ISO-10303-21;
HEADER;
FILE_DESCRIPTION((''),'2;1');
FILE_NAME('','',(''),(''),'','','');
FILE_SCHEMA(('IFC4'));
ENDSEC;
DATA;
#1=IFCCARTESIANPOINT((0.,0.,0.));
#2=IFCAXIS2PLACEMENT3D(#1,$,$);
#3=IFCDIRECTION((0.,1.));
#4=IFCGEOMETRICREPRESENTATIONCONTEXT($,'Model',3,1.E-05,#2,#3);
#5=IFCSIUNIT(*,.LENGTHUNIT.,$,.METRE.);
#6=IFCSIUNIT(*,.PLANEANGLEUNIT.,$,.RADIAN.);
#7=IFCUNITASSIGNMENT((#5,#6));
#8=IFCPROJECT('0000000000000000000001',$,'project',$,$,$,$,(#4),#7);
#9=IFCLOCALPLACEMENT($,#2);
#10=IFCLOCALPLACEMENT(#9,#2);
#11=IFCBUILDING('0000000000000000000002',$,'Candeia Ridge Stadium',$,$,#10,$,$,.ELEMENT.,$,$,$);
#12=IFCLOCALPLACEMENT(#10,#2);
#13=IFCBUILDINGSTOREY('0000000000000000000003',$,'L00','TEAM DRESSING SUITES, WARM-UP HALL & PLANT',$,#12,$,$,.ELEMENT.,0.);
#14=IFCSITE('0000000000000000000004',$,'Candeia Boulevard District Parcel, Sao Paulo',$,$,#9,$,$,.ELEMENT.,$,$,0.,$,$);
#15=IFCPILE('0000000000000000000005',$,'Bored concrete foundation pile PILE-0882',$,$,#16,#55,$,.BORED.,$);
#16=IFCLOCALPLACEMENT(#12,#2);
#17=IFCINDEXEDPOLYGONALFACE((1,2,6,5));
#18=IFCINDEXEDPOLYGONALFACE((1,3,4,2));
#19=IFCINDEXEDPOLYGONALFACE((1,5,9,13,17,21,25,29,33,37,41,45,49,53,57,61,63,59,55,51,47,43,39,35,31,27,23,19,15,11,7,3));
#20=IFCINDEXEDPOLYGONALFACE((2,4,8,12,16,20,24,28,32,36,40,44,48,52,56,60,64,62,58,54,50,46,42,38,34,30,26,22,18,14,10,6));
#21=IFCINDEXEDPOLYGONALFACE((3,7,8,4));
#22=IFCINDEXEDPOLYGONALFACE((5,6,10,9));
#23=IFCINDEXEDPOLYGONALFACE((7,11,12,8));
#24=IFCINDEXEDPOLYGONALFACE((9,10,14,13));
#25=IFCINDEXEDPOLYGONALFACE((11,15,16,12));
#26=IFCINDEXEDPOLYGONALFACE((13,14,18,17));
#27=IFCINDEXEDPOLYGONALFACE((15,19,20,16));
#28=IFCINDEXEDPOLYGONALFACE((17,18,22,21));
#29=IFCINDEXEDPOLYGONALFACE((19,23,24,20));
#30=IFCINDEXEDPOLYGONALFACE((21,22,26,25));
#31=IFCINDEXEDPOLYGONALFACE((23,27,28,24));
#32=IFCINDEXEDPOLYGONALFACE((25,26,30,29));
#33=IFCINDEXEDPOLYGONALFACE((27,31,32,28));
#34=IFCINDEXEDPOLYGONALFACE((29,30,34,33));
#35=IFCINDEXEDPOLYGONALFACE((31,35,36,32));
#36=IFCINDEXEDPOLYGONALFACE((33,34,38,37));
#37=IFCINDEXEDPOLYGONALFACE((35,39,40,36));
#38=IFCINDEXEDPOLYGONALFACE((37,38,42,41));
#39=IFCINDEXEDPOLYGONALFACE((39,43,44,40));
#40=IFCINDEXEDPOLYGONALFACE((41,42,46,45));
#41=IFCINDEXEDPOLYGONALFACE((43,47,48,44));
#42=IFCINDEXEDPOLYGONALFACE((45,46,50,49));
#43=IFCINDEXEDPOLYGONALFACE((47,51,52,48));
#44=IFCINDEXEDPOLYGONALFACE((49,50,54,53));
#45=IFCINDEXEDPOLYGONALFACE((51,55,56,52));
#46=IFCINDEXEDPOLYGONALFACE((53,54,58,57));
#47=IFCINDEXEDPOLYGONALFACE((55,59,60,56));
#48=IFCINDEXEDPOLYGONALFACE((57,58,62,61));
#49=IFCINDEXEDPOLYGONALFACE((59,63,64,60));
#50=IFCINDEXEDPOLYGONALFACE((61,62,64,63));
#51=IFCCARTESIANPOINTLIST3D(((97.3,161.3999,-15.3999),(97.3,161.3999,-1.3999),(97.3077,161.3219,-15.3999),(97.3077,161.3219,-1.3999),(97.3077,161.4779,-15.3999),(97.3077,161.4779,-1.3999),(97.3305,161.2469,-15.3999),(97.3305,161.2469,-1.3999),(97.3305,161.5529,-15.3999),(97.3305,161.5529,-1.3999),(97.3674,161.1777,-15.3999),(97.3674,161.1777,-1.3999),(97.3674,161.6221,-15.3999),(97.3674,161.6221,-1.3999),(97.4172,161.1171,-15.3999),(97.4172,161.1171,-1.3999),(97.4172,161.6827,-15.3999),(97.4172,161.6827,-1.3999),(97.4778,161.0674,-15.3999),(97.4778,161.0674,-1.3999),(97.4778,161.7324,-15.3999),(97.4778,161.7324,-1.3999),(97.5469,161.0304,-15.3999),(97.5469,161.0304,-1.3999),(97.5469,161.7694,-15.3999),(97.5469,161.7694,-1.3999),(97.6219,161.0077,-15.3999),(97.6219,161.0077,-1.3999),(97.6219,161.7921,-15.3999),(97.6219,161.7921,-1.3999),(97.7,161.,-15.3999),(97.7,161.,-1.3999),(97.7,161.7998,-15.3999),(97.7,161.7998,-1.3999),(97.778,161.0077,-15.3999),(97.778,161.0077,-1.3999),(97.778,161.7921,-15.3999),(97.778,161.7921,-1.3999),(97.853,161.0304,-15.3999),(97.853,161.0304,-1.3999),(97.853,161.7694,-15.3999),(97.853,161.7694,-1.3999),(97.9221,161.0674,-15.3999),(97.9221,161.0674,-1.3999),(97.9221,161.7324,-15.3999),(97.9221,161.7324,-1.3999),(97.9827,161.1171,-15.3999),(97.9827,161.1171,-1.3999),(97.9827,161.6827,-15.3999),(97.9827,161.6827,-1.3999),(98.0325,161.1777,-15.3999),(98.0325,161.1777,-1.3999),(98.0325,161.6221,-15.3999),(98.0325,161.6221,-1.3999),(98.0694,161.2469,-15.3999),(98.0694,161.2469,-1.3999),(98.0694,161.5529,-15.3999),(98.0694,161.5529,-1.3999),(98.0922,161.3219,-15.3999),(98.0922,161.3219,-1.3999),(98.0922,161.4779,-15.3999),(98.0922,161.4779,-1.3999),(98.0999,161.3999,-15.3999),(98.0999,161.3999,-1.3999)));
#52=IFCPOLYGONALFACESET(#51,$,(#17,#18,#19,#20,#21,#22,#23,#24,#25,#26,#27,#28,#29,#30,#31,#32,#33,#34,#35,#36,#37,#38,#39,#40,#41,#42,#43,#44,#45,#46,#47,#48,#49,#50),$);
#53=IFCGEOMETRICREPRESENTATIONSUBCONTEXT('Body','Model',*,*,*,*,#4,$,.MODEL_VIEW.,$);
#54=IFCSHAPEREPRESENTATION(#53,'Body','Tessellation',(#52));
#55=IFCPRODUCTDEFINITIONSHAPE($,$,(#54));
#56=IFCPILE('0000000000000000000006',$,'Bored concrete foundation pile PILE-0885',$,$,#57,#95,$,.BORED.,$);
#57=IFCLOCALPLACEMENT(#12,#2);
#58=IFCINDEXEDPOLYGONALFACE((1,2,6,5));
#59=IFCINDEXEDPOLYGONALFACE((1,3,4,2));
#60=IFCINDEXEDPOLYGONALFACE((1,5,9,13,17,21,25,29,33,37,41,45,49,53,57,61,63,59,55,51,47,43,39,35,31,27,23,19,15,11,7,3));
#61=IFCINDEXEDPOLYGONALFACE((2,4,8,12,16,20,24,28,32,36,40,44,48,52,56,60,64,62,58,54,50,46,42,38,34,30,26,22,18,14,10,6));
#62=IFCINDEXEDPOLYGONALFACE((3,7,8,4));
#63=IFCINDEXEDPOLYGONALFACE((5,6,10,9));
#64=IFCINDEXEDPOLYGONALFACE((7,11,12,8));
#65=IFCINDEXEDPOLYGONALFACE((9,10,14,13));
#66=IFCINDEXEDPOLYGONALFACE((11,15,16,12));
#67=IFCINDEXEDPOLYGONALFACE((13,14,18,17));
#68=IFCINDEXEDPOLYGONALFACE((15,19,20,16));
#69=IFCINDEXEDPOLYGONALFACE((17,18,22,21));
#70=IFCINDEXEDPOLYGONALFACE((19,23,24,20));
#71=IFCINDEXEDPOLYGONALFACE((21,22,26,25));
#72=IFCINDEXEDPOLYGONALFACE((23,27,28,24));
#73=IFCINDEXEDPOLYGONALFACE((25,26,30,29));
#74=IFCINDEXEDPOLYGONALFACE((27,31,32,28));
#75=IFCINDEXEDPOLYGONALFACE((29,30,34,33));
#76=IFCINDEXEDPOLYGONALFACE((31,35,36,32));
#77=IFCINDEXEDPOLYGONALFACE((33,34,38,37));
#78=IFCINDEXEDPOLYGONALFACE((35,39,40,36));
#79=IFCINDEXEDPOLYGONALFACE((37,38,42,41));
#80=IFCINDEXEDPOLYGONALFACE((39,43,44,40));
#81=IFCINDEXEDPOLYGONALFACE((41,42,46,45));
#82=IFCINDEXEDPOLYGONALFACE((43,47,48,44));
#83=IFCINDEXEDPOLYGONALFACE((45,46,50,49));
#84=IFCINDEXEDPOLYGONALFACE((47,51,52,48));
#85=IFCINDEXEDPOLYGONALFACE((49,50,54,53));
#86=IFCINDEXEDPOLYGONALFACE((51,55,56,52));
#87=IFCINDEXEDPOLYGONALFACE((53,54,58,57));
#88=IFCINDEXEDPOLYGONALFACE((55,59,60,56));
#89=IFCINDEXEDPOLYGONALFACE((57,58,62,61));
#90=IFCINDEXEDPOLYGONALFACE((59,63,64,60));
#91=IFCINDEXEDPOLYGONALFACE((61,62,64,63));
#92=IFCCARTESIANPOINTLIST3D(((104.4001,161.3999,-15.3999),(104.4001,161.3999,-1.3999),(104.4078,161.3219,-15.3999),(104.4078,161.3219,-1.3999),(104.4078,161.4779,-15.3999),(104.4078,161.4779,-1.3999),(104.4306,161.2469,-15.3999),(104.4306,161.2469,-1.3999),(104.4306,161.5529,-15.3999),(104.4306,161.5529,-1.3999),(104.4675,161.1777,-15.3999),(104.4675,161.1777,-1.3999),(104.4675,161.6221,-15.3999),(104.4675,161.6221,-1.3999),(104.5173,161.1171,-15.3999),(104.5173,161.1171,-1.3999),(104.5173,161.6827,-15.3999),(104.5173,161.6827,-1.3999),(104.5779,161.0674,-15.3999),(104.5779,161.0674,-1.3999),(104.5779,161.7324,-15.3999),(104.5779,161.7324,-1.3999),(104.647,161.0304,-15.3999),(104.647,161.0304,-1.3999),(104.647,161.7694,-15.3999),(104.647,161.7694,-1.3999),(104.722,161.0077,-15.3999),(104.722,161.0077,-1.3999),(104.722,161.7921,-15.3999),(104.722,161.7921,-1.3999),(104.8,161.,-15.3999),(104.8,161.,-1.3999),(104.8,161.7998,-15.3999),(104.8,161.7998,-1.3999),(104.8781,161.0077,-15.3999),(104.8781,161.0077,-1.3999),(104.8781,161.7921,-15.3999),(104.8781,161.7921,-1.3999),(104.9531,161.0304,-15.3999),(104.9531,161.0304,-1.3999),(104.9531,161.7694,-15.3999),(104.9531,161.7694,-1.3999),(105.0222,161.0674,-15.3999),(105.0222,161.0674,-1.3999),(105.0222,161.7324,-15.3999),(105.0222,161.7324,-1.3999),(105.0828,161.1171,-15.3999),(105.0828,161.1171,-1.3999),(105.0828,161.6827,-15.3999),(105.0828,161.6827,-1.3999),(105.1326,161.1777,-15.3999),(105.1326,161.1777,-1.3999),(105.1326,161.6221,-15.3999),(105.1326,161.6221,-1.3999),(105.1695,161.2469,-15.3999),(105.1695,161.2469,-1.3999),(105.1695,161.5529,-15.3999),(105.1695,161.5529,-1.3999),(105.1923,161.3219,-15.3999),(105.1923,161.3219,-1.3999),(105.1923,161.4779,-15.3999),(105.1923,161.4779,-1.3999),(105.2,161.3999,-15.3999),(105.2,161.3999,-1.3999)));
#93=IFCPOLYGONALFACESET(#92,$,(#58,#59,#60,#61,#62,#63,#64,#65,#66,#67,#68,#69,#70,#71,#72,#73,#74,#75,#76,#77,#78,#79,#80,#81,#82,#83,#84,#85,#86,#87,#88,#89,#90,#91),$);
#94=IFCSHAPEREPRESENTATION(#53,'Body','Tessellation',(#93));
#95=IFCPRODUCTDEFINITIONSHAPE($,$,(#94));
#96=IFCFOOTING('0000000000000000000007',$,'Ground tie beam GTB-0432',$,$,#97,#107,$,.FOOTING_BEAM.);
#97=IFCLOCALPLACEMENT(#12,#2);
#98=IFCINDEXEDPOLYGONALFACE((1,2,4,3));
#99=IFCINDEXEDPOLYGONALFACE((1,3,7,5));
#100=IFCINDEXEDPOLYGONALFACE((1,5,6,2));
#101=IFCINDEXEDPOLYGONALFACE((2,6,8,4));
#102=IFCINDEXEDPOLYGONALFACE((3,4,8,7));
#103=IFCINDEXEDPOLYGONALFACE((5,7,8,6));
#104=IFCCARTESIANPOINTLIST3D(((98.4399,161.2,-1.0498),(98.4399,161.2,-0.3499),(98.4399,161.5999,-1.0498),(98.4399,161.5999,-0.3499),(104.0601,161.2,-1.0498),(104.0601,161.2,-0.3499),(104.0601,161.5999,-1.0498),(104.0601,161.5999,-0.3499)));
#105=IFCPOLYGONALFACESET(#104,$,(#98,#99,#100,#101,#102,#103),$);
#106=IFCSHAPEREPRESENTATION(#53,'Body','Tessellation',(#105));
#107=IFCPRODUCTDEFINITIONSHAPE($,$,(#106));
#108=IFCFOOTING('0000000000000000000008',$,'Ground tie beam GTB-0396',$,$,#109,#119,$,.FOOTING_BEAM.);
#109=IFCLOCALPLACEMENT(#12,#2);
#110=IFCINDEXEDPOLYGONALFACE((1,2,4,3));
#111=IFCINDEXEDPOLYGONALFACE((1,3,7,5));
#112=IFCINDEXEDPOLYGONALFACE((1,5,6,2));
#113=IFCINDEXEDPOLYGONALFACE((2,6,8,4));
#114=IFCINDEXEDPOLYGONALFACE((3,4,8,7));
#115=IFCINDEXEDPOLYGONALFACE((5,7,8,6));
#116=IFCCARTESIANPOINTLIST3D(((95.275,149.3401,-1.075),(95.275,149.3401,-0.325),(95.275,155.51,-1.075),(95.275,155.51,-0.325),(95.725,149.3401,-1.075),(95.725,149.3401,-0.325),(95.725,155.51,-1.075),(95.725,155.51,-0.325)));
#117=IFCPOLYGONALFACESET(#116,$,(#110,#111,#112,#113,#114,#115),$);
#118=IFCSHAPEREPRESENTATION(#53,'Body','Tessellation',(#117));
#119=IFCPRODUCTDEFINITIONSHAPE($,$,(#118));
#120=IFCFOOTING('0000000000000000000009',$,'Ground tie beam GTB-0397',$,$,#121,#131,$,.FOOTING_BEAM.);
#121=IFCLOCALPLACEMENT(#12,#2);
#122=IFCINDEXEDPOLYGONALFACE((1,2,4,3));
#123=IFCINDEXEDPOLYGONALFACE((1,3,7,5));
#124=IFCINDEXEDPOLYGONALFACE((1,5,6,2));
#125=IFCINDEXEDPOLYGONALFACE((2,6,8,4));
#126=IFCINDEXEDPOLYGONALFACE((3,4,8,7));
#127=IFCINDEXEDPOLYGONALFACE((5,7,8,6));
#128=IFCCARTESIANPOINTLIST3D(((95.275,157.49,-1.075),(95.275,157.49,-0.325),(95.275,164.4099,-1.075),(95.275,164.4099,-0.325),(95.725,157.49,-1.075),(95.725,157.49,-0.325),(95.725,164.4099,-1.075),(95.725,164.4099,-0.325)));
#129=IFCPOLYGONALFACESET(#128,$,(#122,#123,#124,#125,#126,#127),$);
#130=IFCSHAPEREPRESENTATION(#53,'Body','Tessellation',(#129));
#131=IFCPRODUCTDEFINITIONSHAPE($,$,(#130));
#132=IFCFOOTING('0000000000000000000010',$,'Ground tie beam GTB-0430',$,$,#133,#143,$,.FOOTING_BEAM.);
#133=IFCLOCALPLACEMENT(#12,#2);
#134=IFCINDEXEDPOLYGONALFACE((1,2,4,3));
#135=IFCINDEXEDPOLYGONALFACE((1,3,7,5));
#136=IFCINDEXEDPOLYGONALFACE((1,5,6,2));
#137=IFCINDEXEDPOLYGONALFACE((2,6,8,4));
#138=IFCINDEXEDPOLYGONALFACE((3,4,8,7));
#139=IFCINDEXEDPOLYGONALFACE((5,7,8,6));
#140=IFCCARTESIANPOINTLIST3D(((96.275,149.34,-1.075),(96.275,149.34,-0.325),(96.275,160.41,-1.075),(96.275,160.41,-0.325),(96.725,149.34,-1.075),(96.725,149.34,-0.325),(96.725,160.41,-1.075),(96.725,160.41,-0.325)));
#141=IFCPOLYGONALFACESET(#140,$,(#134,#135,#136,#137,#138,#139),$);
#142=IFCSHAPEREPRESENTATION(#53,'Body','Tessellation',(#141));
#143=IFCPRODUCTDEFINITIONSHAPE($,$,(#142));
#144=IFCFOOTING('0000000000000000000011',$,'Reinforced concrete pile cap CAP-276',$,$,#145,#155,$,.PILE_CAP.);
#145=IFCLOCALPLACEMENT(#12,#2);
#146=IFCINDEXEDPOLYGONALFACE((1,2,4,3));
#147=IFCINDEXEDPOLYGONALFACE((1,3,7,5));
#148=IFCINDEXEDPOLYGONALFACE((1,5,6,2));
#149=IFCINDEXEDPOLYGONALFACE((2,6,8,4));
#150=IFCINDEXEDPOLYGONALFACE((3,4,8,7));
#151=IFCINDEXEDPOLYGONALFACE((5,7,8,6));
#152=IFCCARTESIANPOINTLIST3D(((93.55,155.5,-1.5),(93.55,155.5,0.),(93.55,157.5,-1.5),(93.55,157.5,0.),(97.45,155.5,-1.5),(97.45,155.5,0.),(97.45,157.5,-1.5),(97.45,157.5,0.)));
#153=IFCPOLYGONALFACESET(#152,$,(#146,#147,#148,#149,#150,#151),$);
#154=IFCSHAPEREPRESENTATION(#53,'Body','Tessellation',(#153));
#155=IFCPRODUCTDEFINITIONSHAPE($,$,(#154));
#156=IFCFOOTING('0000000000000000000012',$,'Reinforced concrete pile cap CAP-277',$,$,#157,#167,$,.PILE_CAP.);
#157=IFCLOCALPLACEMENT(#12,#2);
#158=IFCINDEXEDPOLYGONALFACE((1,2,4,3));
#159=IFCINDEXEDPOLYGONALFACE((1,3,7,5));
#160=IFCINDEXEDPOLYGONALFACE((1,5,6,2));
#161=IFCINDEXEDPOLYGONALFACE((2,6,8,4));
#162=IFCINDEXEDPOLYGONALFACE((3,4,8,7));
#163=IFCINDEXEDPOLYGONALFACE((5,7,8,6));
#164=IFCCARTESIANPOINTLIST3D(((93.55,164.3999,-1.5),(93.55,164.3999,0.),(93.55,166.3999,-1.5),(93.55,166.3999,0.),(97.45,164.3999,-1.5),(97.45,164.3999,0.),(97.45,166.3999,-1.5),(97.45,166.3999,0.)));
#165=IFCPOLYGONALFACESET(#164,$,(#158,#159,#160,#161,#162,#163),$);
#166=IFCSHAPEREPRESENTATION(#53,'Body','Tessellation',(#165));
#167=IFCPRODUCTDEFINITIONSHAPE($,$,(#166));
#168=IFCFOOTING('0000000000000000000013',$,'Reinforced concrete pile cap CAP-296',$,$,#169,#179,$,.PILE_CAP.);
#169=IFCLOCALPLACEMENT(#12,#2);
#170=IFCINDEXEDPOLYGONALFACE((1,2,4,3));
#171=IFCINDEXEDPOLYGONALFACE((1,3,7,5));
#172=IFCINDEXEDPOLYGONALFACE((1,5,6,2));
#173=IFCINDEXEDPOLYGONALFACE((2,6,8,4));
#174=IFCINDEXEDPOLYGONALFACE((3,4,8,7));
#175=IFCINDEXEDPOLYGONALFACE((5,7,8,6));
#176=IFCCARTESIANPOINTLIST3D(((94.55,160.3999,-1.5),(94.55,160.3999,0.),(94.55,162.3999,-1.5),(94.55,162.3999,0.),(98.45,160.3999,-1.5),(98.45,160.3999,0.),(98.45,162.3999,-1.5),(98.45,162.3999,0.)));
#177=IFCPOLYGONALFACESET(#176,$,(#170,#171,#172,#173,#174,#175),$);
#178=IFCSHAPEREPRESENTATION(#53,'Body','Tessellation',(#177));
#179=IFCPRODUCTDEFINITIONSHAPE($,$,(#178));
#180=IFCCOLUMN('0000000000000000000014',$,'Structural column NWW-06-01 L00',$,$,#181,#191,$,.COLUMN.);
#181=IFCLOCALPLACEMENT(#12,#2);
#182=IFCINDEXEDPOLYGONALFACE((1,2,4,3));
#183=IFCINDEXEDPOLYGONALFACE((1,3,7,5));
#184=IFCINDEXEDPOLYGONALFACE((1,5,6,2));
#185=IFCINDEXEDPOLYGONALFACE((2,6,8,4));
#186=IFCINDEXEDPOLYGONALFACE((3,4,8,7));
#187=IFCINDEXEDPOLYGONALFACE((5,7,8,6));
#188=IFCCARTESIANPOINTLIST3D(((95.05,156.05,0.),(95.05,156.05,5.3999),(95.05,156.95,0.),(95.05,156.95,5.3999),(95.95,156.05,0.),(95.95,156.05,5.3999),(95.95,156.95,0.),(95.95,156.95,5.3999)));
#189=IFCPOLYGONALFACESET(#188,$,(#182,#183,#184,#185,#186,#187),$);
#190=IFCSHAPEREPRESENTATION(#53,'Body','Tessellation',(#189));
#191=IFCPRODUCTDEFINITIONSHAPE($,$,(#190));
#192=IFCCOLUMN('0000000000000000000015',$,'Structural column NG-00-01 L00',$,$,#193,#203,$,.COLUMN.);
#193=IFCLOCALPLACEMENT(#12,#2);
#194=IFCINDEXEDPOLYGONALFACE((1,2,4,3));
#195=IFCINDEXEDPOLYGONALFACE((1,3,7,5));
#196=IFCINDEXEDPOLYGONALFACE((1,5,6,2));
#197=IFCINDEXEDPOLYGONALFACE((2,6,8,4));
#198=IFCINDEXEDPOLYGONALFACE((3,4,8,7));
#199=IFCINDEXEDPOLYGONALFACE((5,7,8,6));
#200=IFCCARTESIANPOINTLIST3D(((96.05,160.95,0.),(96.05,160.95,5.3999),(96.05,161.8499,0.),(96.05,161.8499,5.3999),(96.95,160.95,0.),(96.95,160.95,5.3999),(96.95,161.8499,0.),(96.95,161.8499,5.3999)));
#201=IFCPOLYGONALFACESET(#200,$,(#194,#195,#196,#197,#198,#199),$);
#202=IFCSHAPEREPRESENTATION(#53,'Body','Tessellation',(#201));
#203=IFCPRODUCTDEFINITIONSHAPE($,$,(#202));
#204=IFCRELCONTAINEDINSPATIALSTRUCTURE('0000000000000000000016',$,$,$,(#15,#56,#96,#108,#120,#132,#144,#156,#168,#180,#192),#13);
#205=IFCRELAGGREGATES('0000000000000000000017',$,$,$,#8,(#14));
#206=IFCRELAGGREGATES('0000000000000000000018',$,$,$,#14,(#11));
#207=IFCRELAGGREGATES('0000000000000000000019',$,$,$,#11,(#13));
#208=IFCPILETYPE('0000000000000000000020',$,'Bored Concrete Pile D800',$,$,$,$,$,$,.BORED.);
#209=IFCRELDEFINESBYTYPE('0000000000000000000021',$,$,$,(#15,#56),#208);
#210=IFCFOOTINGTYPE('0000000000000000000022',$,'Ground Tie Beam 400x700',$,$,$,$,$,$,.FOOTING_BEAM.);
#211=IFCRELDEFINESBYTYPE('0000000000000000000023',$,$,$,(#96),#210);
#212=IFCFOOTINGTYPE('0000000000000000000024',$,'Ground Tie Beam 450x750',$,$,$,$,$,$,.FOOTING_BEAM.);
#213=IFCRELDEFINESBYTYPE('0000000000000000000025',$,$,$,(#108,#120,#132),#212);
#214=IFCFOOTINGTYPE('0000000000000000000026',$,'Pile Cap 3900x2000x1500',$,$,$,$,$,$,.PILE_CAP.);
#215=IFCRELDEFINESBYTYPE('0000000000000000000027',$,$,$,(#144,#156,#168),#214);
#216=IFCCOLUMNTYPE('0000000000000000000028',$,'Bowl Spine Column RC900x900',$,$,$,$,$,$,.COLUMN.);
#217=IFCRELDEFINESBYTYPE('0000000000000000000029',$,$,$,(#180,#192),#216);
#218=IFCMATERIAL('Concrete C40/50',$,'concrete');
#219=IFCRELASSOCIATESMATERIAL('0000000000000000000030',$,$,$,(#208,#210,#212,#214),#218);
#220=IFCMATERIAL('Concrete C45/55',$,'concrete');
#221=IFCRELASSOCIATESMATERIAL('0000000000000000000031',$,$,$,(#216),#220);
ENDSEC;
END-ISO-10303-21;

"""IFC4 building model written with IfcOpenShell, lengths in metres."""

from ifc_helpers import new_model, si_unit, direction, frame, origin, origin_2d, place, context, subcontext, project, spatial, rectangle, circle, extrude, material, material_profile, profile_set, type_object, element, save


model = new_model("IFC4")

# Units and contexts
model_context = context("Model", 3, precision=1e-05, world=origin(), true_north=direction((0.0, 1.0)))
body_context = subcontext(model_context, "Body", "Model", "MODEL_VIEW")
ifc_project = project(units=[si_unit("LENGTHUNIT", "METRE"), si_unit("PLANEANGLEUNIT", "RADIAN")], contexts=[model_context])

# Site, building, storey
site_placement = place(None, origin())
site = spatial("IfcSite", under=ifc_project, at=site_placement, Name="Candeia Boulevard District Parcel, Sao Paulo", CompositionType="ELEMENT", RefElevation=0.0)
building_placement = place(site_placement, origin())
building = spatial("IfcBuilding", under=site, at=building_placement, Name="Candeia Ridge Stadium", CompositionType="ELEMENT")
storey_placement = place(building_placement, origin())
storey = spatial("IfcBuildingStorey", under=building, at=storey_placement, Name="L00", Description="TEAM DRESSING SUITES, WARM-UP HALL & PLANT", CompositionType="ELEMENT", Elevation=0.0)

# Piles
ifc_material_1 = material(Name="Concrete C40/50", Category="concrete")
ifc_material_profile_1 = material_profile(ifc_material_1, circle(Radius=0.3999, at=origin_2d()), Name="PILE-D800", Category="concrete")
ifc_profile_set_1 = profile_set([ifc_material_profile_1], Name="Concrete C40/50")
pile_type = type_object("IfcPileType", Name="Bored Concrete Pile D800", PredefinedType="BORED", material=ifc_profile_set_1)
for number, where, z_axis, x_axis, name in (
    (1, (97.7, 161.3999, -1.3999), (0.0, 0.0, -1.0), (1.0, 0.0, 0.0), "Bored concrete foundation pile PILE-0882"),
    (2, (104.8, 161.3999, -1.3999), (0.0, 0.0, -1.0), (1.0, 0.0, 0.0), "Bored concrete foundation pile PILE-0885"),
):
    element("IfcPile", number, at=place(storey_placement, frame(where, z_axis=z_axis, x_axis=x_axis)), inside=storey, type_object=pile_type, Name=name, PredefinedType="BORED", context=body_context, shape_type="SweptSolid", body=[
        extrude(circle(Radius=0.3999, at=origin_2d()), origin(), (0.0, 0.0, 1.0), 14.0),
    ])

# Footings
footing_type_1 = type_object("IfcFootingType", Name="Ground Tie Beam 400x700", PredefinedType="FOOTING_BEAM", material=ifc_material_1)
footing_1_placement = place(storey_placement, frame((101.25, 161.3999, -1.0498), z_axis=(0.0, 0.0, 1.0), x_axis=(1.0, 0.0, 0.0)))
element("IfcFooting", 3, at=footing_1_placement, inside=storey, type_object=footing_type_1, Name="Ground tie beam GTB-0432", PredefinedType="FOOTING_BEAM", context=body_context, shape_type="SweptSolid", body=[
    extrude(rectangle(XDim=5.6201, YDim=0.3999, at=origin_2d()), origin(), (0.0, 0.0, 1.0), 0.7),
])
footing_type_2 = type_object("IfcFootingType", Name="Ground Tie Beam 450x750", PredefinedType="FOOTING_BEAM", material=ifc_material_1)
footing_2_placement = place(storey_placement, frame((95.5, 152.425, -1.075), z_axis=(0.0, 0.0, 1.0), x_axis=(0.0, 1.0, 0.0)))
element("IfcFooting", 4, at=footing_2_placement, inside=storey, type_object=footing_type_2, Name="Ground tie beam GTB-0396", PredefinedType="FOOTING_BEAM", context=body_context, shape_type="SweptSolid", body=[
    extrude(rectangle(XDim=6.1699, YDim=0.45, at=origin_2d()), origin(), (0.0, 0.0, 1.0), 0.75),
])
footing_3_placement = place(storey_placement, frame((95.5, 160.95, -1.075), z_axis=(0.0, 0.0, 1.0), x_axis=(0.0, 1.0, 0.0)))
element("IfcFooting", 5, at=footing_3_placement, inside=storey, type_object=footing_type_2, Name="Ground tie beam GTB-0397", PredefinedType="FOOTING_BEAM", context=body_context, shape_type="SweptSolid", body=[
    extrude(rectangle(XDim=6.9199, YDim=0.45, at=origin_2d()), origin(), (0.0, 0.0, 1.0), 0.75),
])
footing_4_placement = place(storey_placement, frame((96.5, 154.875, -1.075), z_axis=(0.0, 0.0, 1.0), x_axis=(0.0, 1.0, 0.0)))
element("IfcFooting", 6, at=footing_4_placement, inside=storey, type_object=footing_type_2, Name="Ground tie beam GTB-0430", PredefinedType="FOOTING_BEAM", context=body_context, shape_type="SweptSolid", body=[
    extrude(rectangle(XDim=11.0701, YDim=0.45, at=origin_2d()), origin(), (0.0, 0.0, 1.0), 0.75),
])
footing_type_3 = type_object("IfcFootingType", Name="Pile Cap 3900x2000x1500", PredefinedType="PILE_CAP", material=ifc_material_1)
for number, where, z_axis, x_axis, name in (
    (7, (95.5, 156.5, -1.5), (0.0, 0.0, 1.0), (1.0, 0.0, 0.0), "Reinforced concrete pile cap CAP-276"),
    (8, (95.5, 165.3999, -1.5), (0.0, 0.0, 1.0), (1.0, 0.0, 0.0), "Reinforced concrete pile cap CAP-277"),
    (9, (96.5, 161.3999, -1.5), (0.0, 0.0, 1.0), (1.0, 0.0, 0.0), "Reinforced concrete pile cap CAP-296"),
):
    element("IfcFooting", number, at=place(storey_placement, frame(where, z_axis=z_axis, x_axis=x_axis)), inside=storey, type_object=footing_type_3, Name=name, PredefinedType="PILE_CAP", context=body_context, shape_type="SweptSolid", body=[
        extrude(rectangle(XDim=3.8999, YDim=2.0, at=origin_2d()), origin(), (0.0, 0.0, 1.0), 1.5),
    ])

# Columns
ifc_material_2 = material(Name="Concrete C45/55", Category="concrete")
ifc_material_profile_2 = material_profile(ifc_material_2, rectangle(XDim=0.8999, YDim=0.8999, at=origin_2d()), Name="RC900x900", Category="concrete")
ifc_profile_set_2 = profile_set([ifc_material_profile_2], Name="Concrete C45/55")
column_type_1 = type_object("IfcColumnType", Name="Bowl Spine Column RC900x900", PredefinedType="COLUMN", material=ifc_profile_set_2)
for number, where, z_axis, x_axis, name in (
    (10, (95.5, 156.5, 0.0), (0.0, 0.0, 1.0), (1.0, 0.0, 0.0), "Structural column NWW-06-01 L00"),
    (11, (96.5, 161.3999, 0.0), (0.0, 0.0, 1.0), (1.0, 0.0, 0.0), "Structural column NG-00-01 L00"),
):
    element("IfcColumn", number, at=place(storey_placement, frame(where, z_axis=z_axis, x_axis=x_axis)), inside=storey, type_object=column_type_1, Name=name, PredefinedType="COLUMN", context=body_context, shape_type="SweptSolid", body=[
        extrude(rectangle(XDim=0.8999, YDim=0.8999, at=origin_2d()), origin(), (0.0, 0.0, 1.0), 5.3999),
    ])

save(model, "model.ifc")
